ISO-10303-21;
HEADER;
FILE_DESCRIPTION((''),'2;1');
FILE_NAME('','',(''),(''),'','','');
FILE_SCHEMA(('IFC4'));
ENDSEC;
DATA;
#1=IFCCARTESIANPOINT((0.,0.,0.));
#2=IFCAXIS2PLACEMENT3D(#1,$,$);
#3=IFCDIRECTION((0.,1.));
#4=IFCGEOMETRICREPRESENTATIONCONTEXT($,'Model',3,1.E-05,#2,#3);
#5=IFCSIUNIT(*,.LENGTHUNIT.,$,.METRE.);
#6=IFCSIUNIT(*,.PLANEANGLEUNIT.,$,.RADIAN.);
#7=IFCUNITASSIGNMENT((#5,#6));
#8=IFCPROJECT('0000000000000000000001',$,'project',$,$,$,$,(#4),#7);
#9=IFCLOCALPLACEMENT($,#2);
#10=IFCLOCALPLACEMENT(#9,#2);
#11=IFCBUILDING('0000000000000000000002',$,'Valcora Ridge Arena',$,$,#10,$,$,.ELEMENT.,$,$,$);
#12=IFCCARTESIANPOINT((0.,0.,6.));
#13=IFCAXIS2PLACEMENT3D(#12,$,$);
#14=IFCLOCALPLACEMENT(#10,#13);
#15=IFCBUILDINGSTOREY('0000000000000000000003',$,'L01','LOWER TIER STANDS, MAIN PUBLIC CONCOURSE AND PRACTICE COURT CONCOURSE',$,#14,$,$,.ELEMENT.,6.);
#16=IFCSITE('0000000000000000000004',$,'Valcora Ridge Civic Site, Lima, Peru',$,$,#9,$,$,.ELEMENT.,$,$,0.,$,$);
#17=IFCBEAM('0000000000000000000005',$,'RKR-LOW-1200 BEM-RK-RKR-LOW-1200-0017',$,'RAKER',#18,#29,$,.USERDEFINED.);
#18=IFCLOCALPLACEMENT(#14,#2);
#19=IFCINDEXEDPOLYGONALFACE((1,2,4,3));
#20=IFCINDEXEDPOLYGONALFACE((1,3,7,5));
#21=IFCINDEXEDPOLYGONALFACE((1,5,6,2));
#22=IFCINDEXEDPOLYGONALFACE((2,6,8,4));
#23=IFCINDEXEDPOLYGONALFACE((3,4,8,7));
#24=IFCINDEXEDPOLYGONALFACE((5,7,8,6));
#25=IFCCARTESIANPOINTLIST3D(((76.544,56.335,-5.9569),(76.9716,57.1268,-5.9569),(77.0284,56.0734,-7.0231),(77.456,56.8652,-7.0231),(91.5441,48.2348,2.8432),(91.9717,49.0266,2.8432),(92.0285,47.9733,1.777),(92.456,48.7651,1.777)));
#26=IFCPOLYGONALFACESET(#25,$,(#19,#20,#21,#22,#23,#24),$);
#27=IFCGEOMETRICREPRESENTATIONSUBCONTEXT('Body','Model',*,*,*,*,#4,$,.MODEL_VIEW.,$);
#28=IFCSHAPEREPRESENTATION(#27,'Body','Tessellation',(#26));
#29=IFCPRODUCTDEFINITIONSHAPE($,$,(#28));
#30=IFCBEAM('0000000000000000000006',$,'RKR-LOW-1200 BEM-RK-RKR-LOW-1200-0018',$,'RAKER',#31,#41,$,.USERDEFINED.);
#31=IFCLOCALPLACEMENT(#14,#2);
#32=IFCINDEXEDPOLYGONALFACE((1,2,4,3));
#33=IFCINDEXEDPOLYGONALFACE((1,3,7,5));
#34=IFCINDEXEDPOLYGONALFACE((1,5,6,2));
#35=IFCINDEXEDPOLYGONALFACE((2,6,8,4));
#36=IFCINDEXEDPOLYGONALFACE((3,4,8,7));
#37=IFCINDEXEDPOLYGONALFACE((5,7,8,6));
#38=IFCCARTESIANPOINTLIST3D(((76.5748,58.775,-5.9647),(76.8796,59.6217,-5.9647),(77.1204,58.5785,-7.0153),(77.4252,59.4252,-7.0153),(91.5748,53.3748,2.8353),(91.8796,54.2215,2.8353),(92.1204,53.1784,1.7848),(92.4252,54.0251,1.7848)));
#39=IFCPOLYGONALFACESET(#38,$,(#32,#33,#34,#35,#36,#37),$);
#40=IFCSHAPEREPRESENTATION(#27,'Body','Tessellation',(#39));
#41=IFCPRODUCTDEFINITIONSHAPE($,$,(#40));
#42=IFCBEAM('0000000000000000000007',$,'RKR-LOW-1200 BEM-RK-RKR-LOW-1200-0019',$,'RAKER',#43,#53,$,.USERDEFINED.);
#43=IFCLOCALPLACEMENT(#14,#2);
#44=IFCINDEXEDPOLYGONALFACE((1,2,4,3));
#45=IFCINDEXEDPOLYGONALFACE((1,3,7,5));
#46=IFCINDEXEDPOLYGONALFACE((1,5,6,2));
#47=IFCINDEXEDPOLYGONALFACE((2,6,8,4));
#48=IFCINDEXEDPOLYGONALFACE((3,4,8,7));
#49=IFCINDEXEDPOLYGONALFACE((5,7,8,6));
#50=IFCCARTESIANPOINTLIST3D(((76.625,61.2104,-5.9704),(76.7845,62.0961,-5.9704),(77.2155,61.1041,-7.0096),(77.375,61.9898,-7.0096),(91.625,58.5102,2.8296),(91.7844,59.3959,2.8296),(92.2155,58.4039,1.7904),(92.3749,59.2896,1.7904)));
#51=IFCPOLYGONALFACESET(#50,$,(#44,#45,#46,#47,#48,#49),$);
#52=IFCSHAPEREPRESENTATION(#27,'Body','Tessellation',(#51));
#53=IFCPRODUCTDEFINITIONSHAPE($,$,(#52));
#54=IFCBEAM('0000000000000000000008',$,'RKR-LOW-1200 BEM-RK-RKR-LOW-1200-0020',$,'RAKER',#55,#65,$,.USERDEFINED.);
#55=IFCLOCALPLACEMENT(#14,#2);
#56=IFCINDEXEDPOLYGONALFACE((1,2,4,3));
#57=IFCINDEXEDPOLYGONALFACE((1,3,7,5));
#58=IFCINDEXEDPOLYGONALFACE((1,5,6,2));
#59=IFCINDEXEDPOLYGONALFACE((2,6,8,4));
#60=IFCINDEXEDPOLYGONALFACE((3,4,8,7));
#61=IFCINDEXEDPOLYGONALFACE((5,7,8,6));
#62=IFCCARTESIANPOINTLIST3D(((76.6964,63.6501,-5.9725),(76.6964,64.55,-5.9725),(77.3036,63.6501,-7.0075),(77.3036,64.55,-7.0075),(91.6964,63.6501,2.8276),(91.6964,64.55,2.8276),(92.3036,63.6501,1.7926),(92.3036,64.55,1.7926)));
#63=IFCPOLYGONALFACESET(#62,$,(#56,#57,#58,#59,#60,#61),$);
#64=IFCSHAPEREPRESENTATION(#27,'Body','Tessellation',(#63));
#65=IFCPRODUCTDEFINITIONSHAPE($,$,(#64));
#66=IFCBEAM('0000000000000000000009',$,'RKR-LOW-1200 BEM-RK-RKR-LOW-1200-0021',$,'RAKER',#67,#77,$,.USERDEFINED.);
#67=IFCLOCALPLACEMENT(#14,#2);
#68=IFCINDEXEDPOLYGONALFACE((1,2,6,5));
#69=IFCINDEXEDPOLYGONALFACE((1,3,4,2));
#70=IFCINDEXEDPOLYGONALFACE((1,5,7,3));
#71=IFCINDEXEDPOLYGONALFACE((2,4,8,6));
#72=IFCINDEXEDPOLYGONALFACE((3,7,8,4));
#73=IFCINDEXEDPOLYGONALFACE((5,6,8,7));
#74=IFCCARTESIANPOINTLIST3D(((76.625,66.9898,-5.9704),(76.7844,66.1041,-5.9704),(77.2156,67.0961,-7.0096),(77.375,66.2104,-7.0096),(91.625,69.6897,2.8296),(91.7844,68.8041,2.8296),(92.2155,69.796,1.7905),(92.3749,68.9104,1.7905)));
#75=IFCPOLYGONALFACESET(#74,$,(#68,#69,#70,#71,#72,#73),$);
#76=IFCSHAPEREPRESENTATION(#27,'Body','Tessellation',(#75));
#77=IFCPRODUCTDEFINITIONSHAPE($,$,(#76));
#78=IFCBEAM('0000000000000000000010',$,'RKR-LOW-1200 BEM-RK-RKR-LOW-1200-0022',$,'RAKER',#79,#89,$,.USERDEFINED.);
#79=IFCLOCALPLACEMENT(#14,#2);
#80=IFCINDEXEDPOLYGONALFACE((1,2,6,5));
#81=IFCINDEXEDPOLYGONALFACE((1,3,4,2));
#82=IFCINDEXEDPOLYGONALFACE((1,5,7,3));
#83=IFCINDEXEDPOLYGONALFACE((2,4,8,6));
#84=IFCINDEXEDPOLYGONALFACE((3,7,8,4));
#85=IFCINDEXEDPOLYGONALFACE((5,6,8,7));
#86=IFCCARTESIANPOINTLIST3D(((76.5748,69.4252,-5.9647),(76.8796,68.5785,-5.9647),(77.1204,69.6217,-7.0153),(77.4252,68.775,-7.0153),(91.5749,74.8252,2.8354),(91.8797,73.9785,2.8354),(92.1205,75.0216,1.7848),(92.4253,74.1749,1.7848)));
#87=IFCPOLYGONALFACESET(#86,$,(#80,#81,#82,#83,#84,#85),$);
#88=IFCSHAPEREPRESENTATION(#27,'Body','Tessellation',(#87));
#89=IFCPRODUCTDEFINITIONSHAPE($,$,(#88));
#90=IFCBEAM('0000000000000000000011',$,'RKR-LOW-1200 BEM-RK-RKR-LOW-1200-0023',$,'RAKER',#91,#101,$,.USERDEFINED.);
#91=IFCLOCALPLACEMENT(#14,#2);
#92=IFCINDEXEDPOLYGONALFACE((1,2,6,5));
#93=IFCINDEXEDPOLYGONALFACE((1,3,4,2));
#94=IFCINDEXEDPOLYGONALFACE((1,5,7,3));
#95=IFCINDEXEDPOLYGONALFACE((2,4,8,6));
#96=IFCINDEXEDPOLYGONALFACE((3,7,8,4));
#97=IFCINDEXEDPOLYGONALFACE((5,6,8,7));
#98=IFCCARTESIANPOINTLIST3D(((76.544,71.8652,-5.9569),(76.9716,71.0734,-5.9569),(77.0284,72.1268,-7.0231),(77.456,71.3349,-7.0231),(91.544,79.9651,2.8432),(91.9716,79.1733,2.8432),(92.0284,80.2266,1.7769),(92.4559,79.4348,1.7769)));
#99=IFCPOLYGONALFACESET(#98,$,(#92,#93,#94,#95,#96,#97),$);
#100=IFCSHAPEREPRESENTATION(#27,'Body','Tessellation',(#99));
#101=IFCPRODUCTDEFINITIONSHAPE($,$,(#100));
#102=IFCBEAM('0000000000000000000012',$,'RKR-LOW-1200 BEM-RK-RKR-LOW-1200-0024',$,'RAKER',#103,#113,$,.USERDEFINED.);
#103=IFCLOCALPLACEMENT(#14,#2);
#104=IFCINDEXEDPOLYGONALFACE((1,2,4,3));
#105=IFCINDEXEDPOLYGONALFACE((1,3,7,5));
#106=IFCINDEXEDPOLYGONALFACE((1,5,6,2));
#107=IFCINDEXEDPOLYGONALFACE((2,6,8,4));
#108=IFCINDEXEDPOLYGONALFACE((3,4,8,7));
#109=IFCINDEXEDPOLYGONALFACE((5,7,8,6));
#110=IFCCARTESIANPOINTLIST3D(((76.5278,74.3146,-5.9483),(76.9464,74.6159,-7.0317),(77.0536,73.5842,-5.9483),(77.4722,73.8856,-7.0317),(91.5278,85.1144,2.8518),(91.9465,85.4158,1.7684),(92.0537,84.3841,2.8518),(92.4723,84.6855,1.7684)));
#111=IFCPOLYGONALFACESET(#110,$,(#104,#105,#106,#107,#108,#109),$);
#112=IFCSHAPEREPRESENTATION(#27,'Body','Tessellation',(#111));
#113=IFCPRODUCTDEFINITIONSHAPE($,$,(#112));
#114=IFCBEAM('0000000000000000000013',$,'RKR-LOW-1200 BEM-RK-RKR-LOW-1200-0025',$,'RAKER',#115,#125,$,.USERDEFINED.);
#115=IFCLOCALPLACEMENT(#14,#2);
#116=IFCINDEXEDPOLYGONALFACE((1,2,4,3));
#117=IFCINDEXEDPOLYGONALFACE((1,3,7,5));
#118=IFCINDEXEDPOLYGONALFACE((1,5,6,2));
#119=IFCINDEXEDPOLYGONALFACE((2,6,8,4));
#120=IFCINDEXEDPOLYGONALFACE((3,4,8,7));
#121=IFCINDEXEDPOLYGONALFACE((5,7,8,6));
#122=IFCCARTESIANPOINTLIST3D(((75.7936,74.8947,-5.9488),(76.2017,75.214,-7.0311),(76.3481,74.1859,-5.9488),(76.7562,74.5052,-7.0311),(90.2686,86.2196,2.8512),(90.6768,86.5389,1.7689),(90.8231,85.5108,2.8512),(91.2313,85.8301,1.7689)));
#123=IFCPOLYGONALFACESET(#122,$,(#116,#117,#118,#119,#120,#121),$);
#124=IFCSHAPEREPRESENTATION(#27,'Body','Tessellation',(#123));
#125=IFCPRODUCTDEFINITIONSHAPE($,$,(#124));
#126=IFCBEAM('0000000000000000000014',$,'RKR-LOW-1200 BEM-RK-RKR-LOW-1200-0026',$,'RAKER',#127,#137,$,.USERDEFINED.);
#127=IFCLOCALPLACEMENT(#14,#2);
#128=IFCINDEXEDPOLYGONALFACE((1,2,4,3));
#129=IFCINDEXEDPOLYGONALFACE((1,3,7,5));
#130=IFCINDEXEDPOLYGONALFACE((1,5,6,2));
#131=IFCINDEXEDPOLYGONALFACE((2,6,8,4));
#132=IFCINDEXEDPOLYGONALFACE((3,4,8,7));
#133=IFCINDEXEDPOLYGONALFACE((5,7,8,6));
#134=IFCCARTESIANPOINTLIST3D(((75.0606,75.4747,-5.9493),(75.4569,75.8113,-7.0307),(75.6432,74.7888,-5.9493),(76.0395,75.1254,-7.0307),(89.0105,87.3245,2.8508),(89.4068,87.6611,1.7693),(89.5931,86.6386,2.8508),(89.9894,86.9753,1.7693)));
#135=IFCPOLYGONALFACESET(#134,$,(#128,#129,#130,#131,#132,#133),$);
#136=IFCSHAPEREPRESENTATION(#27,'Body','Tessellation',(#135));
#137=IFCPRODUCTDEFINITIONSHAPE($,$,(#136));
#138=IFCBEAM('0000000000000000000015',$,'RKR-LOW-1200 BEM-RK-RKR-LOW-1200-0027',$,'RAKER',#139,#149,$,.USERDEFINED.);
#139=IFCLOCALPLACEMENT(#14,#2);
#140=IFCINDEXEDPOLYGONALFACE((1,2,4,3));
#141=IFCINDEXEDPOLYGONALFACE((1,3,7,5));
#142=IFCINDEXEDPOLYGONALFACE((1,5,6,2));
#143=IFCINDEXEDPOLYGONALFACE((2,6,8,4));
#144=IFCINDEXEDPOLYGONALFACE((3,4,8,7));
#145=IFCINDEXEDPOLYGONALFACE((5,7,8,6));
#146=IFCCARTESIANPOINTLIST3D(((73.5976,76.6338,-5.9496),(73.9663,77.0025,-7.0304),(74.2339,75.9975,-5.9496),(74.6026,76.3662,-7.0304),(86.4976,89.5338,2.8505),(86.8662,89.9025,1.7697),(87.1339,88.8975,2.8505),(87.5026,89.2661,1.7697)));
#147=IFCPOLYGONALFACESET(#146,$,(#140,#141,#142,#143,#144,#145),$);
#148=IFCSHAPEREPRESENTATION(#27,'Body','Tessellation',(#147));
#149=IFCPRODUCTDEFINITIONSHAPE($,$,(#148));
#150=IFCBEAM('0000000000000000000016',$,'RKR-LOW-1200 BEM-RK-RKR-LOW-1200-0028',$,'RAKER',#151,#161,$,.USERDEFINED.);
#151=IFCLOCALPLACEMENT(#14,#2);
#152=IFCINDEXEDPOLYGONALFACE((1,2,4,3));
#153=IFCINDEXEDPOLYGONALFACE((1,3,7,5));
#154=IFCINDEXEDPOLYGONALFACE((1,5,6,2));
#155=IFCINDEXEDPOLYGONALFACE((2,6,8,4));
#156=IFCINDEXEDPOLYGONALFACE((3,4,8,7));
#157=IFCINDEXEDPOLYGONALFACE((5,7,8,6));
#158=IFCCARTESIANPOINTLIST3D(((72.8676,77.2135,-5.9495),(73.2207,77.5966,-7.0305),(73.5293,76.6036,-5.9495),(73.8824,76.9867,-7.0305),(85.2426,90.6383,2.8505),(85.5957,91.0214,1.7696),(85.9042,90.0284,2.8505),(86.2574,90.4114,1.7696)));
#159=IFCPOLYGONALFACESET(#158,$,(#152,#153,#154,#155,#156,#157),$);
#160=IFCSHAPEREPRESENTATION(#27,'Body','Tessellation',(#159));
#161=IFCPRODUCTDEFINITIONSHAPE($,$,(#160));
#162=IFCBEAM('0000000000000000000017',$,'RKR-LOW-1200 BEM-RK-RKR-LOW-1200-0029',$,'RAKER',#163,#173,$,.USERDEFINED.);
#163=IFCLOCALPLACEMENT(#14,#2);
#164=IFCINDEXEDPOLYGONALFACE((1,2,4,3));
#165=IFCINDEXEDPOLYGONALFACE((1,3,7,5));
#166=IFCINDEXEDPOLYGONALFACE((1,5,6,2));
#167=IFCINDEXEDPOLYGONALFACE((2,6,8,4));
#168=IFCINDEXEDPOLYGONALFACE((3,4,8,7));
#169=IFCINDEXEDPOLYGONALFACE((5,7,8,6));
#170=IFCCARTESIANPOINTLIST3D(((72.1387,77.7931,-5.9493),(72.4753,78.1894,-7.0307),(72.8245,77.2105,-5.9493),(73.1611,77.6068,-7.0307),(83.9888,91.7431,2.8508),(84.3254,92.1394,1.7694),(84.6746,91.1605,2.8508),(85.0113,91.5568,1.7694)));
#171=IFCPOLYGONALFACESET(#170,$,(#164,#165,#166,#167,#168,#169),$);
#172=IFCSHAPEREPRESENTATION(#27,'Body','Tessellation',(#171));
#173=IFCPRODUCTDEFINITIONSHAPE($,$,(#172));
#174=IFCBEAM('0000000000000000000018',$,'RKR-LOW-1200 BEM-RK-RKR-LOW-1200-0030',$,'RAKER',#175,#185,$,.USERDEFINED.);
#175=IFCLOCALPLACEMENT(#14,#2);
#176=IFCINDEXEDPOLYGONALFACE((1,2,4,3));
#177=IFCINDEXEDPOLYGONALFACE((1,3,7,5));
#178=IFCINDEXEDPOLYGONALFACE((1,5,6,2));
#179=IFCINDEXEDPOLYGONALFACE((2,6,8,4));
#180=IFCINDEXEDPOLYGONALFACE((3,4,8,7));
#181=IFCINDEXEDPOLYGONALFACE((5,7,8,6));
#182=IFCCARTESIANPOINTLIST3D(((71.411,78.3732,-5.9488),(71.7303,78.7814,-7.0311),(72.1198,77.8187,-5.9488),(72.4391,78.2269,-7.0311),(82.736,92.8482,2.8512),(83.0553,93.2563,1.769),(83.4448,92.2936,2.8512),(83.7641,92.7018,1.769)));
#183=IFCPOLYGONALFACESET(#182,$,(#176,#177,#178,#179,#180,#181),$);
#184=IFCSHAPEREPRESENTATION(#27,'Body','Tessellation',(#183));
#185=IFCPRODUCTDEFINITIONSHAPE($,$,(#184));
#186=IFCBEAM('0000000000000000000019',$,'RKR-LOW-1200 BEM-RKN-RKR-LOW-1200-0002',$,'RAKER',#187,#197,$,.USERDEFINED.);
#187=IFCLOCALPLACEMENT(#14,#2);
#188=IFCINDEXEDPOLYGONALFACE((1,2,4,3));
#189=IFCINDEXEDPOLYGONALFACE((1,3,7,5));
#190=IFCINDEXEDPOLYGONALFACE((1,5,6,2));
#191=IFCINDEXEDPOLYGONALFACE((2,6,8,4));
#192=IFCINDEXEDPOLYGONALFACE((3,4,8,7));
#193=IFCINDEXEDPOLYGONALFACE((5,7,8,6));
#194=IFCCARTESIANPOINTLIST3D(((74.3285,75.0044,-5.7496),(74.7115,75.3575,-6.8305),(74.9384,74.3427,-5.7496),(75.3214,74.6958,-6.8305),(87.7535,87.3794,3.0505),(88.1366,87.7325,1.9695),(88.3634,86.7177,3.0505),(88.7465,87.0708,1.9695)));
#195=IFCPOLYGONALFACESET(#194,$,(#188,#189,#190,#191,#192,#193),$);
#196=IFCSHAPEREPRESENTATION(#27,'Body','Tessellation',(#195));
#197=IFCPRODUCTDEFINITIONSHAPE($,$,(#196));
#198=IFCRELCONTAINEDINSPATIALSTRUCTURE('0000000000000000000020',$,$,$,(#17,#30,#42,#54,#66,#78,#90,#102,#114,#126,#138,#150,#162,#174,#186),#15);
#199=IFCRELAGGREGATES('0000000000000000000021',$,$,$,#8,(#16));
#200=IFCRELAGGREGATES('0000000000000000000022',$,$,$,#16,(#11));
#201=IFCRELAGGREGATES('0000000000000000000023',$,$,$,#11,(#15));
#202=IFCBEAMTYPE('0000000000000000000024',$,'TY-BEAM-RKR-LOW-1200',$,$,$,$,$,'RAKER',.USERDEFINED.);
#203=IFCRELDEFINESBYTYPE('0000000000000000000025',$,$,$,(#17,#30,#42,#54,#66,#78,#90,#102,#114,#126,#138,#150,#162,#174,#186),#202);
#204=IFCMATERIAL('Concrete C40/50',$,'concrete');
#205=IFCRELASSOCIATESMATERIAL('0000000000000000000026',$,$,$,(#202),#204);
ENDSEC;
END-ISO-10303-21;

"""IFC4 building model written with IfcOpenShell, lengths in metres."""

from ifc_helpers import new_model, si_unit, direction, frame, origin, origin_2d, place, context, subcontext, project, spatial, rectangle, extrude, material, material_profile, profile_set, type_object, element, save


model = new_model("IFC4")

# Units and contexts
model_context = context("Model", 3, precision=1e-05, world=origin(), true_north=direction((0.0, 1.0)))
body_context = subcontext(model_context, "Body", "Model", "MODEL_VIEW")
ifc_project = project(units=[si_unit("LENGTHUNIT", "METRE"), si_unit("PLANEANGLEUNIT", "RADIAN")], contexts=[model_context])

# Site, building, storey
site_placement = place(None, origin())
site = spatial("IfcSite", under=ifc_project, at=site_placement, Name="Valcora Ridge Civic Site, Lima, Peru", CompositionType="ELEMENT", RefElevation=0.0)
building_placement = place(site_placement, origin())
building = spatial("IfcBuilding", under=site, at=building_placement, Name="Valcora Ridge Arena", CompositionType="ELEMENT")
storey_placement = place(building_placement, frame((0.0, 0.0, 6.0)))
storey = spatial("IfcBuildingStorey", under=building, at=storey_placement, Name="L01", Description="LOWER TIER STANDS, MAIN PUBLIC CONCOURSE AND PRACTICE COURT CONCOURSE", CompositionType="ELEMENT", Elevation=6.0)

# Beams
ifc_material_1 = material(Name="Concrete C40/50", Category="concrete")
ifc_material_profile_1 = material_profile(ifc_material_1, rectangle(XDim=0.8999, YDim=1.2, at=origin_2d()), Name="RC 900x1200")
ifc_profile_set_1 = profile_set([ifc_material_profile_1], Name="Concrete C40/50")
beam_type = type_object("IfcBeamType", Name="TY-BEAM-RKR-LOW-1200", ElementType="RAKER", PredefinedType="USERDEFINED", material=ifc_profile_set_1)
beam_1_placement = place(storey_placement, frame((77.0, 56.6001, -6.49), z_axis=(0.781873, -0.422217, 0.458702), x_axis=(0.475153, 0.879903, 0.0)))
element("IfcBeam", 1, at=beam_1_placement, inside=storey, type_object=beam_type, Name="RKR-LOW-1200 BEM-RK-RKR-LOW-1200-0017", ObjectType="RAKER", PredefinedType="USERDEFINED", context=body_context, shape_type="SweptSolid", body=[
    extrude(rectangle(XDim=0.8999, YDim=1.2, at=origin_2d()), origin(), (0.0, 0.0, 1.0), 19.1848),
])
beam_2_placement = place(storey_placement, frame((77.0, 59.1001, -6.49), z_axis=(0.823725, -0.296549, 0.483255), x_axis=(0.338728, 0.940884, 0.0)))
element("IfcBeam", 2, at=beam_2_placement, inside=storey, type_object=beam_type, Name="RKR-LOW-1200 BEM-RK-RKR-LOW-1200-0018", ObjectType="RAKER", PredefinedType="USERDEFINED", context=body_context, shape_type="SweptSolid", body=[
    extrude(rectangle(XDim=0.8999, YDim=1.2, at=origin_2d()), origin(), (0.0, 0.0, 1.0), 18.21),
])
beam_3_placement = place(storey_placement, frame((77.0, 61.6001, -6.49), z_axis=(0.852311, -0.153427, 0.500025), x_axis=(0.177165, 0.984181, 0.0)))
element("IfcBeam", 3, at=beam_3_placement, inside=storey, type_object=beam_type, Name="RKR-LOW-1200 BEM-RK-RKR-LOW-1200-0019", ObjectType="RAKER", PredefinedType="USERDEFINED", context=body_context, shape_type="SweptSolid", body=[
    extrude(rectangle(XDim=0.8999, YDim=1.2, at=origin_2d()), origin(), (0.0, 0.0, 1.0), 17.5991),
])
beam_4_placement = place(storey_placement, frame((77.0, 64.1001, -6.49), z_axis=(0.862524, 0.0, 0.506017), x_axis=(0.0, 1.0, 0.0)))
element("IfcBeam", 4, at=beam_4_placement, inside=storey, type_object=beam_type, Name="RKR-LOW-1200 BEM-RK-RKR-LOW-1200-0020", ObjectType="RAKER", PredefinedType="USERDEFINED", context=body_context, shape_type="SweptSolid", body=[
    extrude(rectangle(XDim=0.8999, YDim=1.2, at=origin_2d()), origin(), (0.0, 0.0, 1.0), 17.3909),
])
beam_5_placement = place(storey_placement, frame((77.0, 66.6001, -6.49), z_axis=(0.852313, 0.153414, 0.500027), x_axis=(-0.17715, 0.984184, 0.0)))
element("IfcBeam", 5, at=beam_5_placement, inside=storey, type_object=beam_type, Name="RKR-LOW-1200 BEM-RK-RKR-LOW-1200-0021", ObjectType="RAKER", PredefinedType="USERDEFINED", context=body_context, shape_type="SweptSolid", body=[
    extrude(rectangle(XDim=0.8999, YDim=1.2, at=origin_2d()), origin(), (0.0, 0.0, 1.0), 17.5991),
])
beam_6_placement = place(storey_placement, frame((77.0, 69.1001, -6.49), z_axis=(0.823729, 0.296537, 0.483257), x_axis=(-0.338714, 0.940889, 0.0)))
element("IfcBeam", 6, at=beam_6_placement, inside=storey, type_object=beam_type, Name="RKR-LOW-1200 BEM-RK-RKR-LOW-1200-0022", ObjectType="RAKER", PredefinedType="USERDEFINED", context=body_context, shape_type="SweptSolid", body=[
    extrude(rectangle(XDim=0.8999, YDim=1.2, at=origin_2d()), origin(), (0.0, 0.0, 1.0), 18.21),
])
beam_7_placement = place(storey_placement, frame((77.0, 71.6001, -6.49), z_axis=(0.781878, 0.422206, 0.458704), x_axis=(-0.475142, 0.879909, 0.0)))
element("IfcBeam", 7, at=beam_7_placement, inside=storey, type_object=beam_type, Name="RKR-LOW-1200 BEM-RK-RKR-LOW-1200-0023", ObjectType="RAKER", PredefinedType="USERDEFINED", context=body_context, shape_type="SweptSolid", body=[
    extrude(rectangle(XDim=0.8999, YDim=1.2, at=origin_2d()), origin(), (0.0, 0.0, 1.0), 19.1846),
])
beam_8_placement = place(storey_placement, frame((77.0, 74.1001, -6.49), z_axis=(0.732731, 0.527557, 0.429871), x_axis=(-0.584298, 0.811539, 0.0)))
element("IfcBeam", 8, at=beam_8_placement, inside=storey, type_object=beam_type, Name="RKR-LOW-1200 BEM-RK-RKR-LOW-1200-0024", ObjectType="RAKER", PredefinedType="USERDEFINED", context=body_context, shape_type="SweptSolid", body=[
    extrude(rectangle(XDim=0.8999, YDim=1.2, at=origin_2d()), origin(), (0.0, 0.0, 1.0), 20.4714),
])
beam_9_placement = place(storey_placement, frame((76.2749, 74.7, -6.49), z_axis=(0.710363, 0.55577, 0.431861), x_axis=(-0.616194, 0.787594, 0.0)))
element("IfcBeam", 9, at=beam_9_placement, inside=storey, type_object=beam_type, Name="RKR-LOW-1200 BEM-RK-RKR-LOW-1200-0025", ObjectType="RAKER", PredefinedType="USERDEFINED", context=body_context, shape_type="SweptSolid", body=[
    extrude(rectangle(XDim=0.8999, YDim=1.2, at=origin_2d()), origin(), (0.0, 0.0, 1.0), 20.377),
])
beam_10_placement = place(storey_placement, frame((75.55, 75.3, -6.49), z_axis=(0.686881, 0.583474, 0.433305), x_axis=(-0.647407, 0.762144, 0.0)))
element("IfcBeam", 10, at=beam_10_placement, inside=storey, type_object=beam_type, Name="RKR-LOW-1200 BEM-RK-RKR-LOW-1200-0026", ObjectType="RAKER", PredefinedType="USERDEFINED", context=body_context, shape_type="SweptSolid", body=[
    extrude(rectangle(XDim=0.8999, YDim=1.2, at=origin_2d()), origin(), (0.0, 0.0, 1.0), 20.3091),
])
beam_11_placement = place(storey_placement, frame((74.1001, 76.5, -6.49), z_axis=(0.636882, 0.636882, 0.434468), x_axis=(-0.707107, 0.707107, 0.0)))
element("IfcBeam", 11, at=beam_11_placement, inside=storey, type_object=beam_type, Name="RKR-LOW-1200 BEM-RK-RKR-LOW-1200-0027", ObjectType="RAKER", PredefinedType="USERDEFINED", context=body_context, shape_type="SweptSolid", body=[
    extrude(rectangle(XDim=0.8999, YDim=1.2, at=origin_2d()), origin(), (0.0, 0.0, 1.0), 20.2549),
])
beam_12_placement = place(storey_placement, frame((73.375, 77.1001, -6.49), z_axis=(0.610557, 0.662352, 0.434176), x_axis=(-0.735271, 0.677773, 0.0)))
element("IfcBeam", 12, at=beam_12_placement, inside=storey, type_object=beam_type, Name="RKR-LOW-1200 BEM-RK-RKR-LOW-1200-0028", ObjectType="RAKER", PredefinedType="USERDEFINED", context=body_context, shape_type="SweptSolid", body=[
    extrude(rectangle(XDim=0.8999, YDim=1.2, at=origin_2d()), origin(), (0.0, 0.0, 1.0), 20.2683),
])
beam_13_placement = place(storey_placement, frame((72.6499, 77.7, -6.49), z_axis=(0.583482, 0.686876, 0.433302), x_axis=(-0.762138, 0.647415, 0.0)))
element("IfcBeam", 13, at=beam_13_placement, inside=storey, type_object=beam_type, Name="RKR-LOW-1200 BEM-RK-RKR-LOW-1200-0029", ObjectType="RAKER", PredefinedType="USERDEFINED", context=body_context, shape_type="SweptSolid", body=[
    extrude(rectangle(XDim=0.8999, YDim=1.2, at=origin_2d()), origin(), (0.0, 0.0, 1.0), 20.3093),
])
beam_14_placement = place(storey_placement, frame((71.925, 78.3, -6.49), z_axis=(0.555775, 0.710357, 0.431865), x_axis=(-0.787589, 0.6162, 0.0)))
element("IfcBeam", 14, at=beam_14_placement, inside=storey, type_object=beam_type, Name="RKR-LOW-1200 BEM-RK-RKR-LOW-1200-0030", ObjectType="RAKER", PredefinedType="USERDEFINED", context=body_context, shape_type="SweptSolid", body=[
    extrude(rectangle(XDim=0.8999, YDim=1.2, at=origin_2d()), origin(), (0.0, 0.0, 1.0), 20.377),
])
beam_15_placement = place(storey_placement, frame((74.825, 74.8501, -6.29), z_axis=(0.662359, 0.610552, 0.434173), x_axis=(-0.677767, 0.735277, 0.0)))
element("IfcBeam", 15, at=beam_15_placement, inside=storey, type_object=beam_type, Name="RKR-LOW-1200 BEM-RKN-RKR-LOW-1200-0002", ObjectType="RAKER", PredefinedType="USERDEFINED", context=body_context, shape_type="SweptSolid", body=[
    extrude(rectangle(XDim=0.8999, YDim=1.2, at=origin_2d()), origin(), (0.0, 0.0, 1.0), 20.2686),
])

save(model, "model.ifc")
